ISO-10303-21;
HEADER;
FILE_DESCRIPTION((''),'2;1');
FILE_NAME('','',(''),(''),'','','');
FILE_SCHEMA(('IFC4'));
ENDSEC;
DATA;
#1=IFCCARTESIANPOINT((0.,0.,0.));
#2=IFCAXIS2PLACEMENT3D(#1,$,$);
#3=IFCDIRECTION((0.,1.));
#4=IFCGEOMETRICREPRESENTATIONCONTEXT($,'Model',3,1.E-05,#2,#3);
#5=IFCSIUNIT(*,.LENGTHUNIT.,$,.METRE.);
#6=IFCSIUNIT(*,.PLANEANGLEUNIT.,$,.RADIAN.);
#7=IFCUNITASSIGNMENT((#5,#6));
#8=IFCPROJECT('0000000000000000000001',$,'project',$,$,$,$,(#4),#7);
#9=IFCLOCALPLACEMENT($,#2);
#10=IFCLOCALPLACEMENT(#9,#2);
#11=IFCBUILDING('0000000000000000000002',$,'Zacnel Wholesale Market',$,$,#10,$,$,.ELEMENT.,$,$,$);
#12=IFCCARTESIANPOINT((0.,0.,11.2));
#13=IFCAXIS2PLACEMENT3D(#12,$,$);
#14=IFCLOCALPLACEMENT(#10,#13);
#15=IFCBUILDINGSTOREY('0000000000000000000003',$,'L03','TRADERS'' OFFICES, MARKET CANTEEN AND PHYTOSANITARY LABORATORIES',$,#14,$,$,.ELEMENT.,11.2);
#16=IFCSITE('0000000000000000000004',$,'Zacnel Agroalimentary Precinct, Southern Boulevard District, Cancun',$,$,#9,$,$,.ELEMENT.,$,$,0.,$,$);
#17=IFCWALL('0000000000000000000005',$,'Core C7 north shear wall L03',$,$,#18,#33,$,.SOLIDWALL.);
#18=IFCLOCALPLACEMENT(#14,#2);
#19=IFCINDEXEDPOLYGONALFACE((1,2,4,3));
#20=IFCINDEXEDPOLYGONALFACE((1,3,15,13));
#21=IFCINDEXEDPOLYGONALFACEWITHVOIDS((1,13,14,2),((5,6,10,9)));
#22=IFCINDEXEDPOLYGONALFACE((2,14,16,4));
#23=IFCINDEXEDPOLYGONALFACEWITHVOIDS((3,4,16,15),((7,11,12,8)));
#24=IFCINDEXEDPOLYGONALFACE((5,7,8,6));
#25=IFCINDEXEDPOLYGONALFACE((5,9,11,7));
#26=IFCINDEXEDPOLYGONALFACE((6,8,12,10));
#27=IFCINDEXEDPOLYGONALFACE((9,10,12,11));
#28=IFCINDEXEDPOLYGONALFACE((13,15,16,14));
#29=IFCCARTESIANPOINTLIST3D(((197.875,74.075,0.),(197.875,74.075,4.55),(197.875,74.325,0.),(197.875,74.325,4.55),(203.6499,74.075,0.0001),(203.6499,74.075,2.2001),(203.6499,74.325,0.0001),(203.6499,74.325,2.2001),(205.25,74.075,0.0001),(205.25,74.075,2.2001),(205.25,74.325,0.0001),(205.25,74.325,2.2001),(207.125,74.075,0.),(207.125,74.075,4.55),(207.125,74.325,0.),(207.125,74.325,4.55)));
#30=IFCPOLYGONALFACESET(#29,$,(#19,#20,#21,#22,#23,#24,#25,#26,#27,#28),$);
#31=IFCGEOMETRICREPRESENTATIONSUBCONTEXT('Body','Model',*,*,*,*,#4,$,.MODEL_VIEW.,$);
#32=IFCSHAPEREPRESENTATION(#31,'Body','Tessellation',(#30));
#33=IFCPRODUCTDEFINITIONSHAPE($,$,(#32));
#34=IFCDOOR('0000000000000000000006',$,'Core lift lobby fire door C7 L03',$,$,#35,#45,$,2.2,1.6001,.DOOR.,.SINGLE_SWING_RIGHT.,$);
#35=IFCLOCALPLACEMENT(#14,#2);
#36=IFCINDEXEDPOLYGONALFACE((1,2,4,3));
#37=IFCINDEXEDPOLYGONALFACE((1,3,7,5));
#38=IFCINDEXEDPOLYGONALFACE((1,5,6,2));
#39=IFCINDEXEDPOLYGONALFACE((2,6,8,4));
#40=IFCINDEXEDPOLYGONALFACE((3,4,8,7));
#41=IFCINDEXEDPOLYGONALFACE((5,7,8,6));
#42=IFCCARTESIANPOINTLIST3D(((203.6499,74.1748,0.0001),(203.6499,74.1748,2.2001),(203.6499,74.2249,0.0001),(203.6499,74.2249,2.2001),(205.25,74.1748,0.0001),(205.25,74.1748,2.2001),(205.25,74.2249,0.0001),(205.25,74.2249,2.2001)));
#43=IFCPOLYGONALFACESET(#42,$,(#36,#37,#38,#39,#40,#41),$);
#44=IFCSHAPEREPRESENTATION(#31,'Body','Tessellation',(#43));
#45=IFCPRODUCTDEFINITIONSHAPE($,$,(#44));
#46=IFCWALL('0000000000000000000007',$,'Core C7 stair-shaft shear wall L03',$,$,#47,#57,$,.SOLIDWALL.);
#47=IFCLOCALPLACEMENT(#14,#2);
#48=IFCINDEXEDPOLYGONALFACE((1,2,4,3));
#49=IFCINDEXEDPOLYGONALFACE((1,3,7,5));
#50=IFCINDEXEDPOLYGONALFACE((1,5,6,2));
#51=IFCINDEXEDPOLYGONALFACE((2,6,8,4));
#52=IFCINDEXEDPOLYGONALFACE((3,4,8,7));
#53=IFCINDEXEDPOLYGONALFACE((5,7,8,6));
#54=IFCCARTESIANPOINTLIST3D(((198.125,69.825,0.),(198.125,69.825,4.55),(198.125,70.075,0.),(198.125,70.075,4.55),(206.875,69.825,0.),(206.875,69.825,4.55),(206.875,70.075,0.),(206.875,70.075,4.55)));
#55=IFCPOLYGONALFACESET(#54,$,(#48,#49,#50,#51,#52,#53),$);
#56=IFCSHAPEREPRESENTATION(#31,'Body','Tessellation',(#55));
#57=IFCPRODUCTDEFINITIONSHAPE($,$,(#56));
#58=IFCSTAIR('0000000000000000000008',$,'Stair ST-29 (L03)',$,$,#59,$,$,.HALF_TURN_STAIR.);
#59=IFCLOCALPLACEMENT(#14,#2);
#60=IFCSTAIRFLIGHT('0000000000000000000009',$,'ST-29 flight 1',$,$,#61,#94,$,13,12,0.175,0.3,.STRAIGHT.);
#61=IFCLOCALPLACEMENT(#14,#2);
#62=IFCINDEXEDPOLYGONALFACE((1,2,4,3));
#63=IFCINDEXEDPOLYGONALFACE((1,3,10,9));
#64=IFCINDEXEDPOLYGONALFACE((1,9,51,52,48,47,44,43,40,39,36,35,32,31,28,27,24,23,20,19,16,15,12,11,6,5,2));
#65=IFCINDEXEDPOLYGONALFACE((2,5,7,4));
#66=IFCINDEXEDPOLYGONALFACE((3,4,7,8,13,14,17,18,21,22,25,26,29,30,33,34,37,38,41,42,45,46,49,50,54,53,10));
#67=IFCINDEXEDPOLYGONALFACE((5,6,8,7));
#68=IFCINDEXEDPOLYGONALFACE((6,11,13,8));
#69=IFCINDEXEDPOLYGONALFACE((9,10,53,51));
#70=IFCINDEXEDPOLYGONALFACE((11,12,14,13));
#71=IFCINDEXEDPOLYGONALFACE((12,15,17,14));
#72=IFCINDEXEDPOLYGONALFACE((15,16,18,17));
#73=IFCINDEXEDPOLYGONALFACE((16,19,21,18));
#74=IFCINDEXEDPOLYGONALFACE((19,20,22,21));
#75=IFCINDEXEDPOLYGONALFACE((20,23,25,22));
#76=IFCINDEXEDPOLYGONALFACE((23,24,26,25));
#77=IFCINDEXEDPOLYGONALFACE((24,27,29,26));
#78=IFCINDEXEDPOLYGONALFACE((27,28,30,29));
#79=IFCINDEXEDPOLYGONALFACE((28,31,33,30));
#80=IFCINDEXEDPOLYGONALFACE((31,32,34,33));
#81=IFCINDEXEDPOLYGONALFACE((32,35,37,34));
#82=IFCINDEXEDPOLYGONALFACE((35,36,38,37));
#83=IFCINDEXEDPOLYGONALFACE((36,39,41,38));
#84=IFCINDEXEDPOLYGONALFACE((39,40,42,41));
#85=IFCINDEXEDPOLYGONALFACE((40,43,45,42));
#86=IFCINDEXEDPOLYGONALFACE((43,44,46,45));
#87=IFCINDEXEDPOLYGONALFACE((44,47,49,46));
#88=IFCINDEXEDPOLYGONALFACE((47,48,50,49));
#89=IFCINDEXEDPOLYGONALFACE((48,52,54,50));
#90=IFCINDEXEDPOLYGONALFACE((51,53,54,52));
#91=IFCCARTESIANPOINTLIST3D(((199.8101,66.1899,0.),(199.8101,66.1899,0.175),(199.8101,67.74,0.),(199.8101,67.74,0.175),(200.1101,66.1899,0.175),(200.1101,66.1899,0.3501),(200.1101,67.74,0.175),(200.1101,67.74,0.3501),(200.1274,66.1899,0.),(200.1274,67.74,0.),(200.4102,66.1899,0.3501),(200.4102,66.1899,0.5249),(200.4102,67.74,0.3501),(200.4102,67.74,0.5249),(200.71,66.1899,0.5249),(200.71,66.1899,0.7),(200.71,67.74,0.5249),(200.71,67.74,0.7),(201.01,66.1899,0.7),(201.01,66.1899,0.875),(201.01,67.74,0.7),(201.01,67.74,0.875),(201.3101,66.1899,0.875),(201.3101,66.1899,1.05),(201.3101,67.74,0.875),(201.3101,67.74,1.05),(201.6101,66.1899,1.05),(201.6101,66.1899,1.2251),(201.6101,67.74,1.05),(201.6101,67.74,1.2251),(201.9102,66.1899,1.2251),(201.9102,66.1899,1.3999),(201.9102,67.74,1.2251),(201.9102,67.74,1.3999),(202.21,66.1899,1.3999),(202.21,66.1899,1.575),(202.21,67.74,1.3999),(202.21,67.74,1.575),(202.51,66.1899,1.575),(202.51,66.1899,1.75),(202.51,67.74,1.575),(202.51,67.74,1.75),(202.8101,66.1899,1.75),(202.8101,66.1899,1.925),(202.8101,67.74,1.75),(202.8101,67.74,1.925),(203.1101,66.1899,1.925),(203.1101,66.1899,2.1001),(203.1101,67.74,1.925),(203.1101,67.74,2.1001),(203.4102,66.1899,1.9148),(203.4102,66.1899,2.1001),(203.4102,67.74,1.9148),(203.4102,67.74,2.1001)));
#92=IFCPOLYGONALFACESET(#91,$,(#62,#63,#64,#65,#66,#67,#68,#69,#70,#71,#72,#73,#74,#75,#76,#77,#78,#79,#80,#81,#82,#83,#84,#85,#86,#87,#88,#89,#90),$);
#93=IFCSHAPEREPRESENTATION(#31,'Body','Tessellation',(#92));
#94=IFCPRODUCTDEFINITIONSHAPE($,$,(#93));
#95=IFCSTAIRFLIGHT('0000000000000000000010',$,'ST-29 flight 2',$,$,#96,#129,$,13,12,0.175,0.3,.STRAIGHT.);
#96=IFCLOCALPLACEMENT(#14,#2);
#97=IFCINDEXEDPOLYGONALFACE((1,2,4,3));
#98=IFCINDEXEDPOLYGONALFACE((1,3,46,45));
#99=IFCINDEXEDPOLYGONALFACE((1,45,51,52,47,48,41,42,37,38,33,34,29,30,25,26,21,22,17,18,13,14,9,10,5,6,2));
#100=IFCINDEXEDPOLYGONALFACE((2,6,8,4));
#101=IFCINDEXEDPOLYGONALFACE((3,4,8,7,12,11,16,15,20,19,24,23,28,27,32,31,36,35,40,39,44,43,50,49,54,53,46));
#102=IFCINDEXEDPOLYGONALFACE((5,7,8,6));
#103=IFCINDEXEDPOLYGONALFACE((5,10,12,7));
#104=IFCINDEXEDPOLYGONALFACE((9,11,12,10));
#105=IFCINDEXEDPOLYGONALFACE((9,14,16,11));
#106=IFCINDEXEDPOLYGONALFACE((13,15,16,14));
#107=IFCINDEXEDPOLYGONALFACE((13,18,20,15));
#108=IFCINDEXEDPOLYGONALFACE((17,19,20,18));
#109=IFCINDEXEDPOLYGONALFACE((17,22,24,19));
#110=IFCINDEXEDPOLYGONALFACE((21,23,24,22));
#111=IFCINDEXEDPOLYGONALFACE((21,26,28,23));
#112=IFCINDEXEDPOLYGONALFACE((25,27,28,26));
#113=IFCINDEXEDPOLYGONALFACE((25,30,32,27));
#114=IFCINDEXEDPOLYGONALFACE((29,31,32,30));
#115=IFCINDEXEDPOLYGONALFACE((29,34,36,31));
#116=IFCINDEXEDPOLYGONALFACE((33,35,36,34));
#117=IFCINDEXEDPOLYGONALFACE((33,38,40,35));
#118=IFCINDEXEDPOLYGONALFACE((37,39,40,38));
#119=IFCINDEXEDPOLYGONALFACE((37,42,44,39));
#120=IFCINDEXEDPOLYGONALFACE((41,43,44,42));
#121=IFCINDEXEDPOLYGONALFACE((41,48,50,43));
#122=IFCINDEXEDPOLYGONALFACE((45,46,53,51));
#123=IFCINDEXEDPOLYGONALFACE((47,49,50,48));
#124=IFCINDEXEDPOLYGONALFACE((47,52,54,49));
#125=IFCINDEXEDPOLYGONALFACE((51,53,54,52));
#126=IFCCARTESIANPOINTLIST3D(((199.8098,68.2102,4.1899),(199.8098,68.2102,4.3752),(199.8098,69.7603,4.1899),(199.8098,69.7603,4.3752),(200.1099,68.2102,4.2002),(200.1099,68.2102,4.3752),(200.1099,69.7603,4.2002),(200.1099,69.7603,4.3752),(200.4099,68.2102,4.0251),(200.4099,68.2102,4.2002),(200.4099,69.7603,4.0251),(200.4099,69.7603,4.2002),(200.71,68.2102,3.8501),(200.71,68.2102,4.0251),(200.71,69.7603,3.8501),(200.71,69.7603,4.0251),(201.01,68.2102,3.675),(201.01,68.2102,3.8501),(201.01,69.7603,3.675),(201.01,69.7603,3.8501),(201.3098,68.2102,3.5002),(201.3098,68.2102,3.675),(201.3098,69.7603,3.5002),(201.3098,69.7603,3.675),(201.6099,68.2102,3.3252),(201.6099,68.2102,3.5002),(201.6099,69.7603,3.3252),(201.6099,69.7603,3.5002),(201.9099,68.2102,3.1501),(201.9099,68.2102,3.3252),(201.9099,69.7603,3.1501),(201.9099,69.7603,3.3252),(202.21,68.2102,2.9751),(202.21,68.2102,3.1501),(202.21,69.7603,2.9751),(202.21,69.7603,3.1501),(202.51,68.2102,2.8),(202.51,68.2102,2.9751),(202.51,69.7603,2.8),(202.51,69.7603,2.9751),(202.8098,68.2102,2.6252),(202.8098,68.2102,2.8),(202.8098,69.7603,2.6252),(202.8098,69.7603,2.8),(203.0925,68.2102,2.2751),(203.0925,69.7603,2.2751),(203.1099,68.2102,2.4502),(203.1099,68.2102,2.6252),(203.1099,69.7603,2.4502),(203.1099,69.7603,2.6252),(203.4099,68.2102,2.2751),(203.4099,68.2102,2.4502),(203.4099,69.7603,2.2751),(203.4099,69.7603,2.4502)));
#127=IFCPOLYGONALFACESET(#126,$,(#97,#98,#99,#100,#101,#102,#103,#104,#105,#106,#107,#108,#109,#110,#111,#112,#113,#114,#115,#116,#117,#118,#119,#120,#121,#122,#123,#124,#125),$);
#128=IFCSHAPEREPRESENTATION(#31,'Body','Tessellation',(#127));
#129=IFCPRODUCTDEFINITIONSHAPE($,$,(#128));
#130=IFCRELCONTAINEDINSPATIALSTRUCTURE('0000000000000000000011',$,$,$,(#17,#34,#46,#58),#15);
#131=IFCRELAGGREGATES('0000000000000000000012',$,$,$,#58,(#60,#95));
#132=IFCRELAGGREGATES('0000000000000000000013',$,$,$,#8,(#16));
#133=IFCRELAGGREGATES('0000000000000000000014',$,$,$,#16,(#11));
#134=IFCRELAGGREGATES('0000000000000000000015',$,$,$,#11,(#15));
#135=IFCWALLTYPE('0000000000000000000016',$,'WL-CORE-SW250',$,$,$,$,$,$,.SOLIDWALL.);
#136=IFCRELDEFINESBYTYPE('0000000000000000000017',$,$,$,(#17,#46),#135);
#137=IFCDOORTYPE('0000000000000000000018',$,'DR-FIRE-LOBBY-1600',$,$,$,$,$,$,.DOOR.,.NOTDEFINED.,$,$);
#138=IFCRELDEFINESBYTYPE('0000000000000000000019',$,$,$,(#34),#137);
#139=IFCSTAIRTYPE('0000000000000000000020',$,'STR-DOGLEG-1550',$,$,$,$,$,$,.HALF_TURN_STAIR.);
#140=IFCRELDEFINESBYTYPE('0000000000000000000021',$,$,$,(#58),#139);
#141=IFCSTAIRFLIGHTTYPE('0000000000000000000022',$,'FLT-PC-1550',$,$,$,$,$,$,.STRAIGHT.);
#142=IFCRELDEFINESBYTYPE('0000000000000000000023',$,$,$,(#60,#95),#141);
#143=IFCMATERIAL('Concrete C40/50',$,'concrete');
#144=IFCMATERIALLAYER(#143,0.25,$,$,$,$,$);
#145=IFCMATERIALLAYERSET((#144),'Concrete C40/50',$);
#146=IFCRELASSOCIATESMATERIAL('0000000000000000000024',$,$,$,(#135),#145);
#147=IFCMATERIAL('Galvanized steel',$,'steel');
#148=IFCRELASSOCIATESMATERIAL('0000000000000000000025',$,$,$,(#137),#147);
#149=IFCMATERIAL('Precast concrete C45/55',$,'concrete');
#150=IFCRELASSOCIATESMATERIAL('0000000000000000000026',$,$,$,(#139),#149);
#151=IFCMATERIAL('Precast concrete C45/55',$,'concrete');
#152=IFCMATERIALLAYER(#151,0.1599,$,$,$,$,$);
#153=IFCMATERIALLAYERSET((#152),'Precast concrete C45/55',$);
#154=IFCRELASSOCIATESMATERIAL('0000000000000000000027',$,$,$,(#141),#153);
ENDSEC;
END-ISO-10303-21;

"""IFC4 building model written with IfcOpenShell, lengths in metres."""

from ifc_helpers import new_model, si_unit, direction, frame, frame_2d, origin, place, context, subcontext, project, spatial, polyline, rectangle, outline, extrude, material, layer, layer_set, type_object, element, fill, aggregate, save


model = new_model("IFC4")

# Units and contexts
model_context = context("Model", 3, precision=1e-05, world=origin(), true_north=direction((0.0, 1.0)))
body_context = subcontext(model_context, "Body", "Model", "MODEL_VIEW")
ifc_project = project(units=[si_unit("LENGTHUNIT", "METRE"), si_unit("PLANEANGLEUNIT", "RADIAN")], contexts=[model_context])

# Site, building, storey
site_placement = place(None, origin())
site = spatial("IfcSite", under=ifc_project, at=site_placement, Name="Zacnel Agroalimentary Precinct, Southern Boulevard District, Cancun", CompositionType="ELEMENT", RefElevation=0.0)
building_placement = place(site_placement, origin())
building = spatial("IfcBuilding", under=site, at=building_placement, Name="Zacnel Wholesale Market", CompositionType="ELEMENT")
storey_placement = place(building_placement, frame((0.0, 0.0, 11.2)))
storey = spatial("IfcBuildingStorey", under=building, at=storey_placement, Name="L03", Description="TRADERS' OFFICES, MARKET CANTEEN AND PHYTOSANITARY LABORATORIES", CompositionType="ELEMENT", Elevation=11.2)

# Wall, opening, door
ifc_material_1 = material(Name="Concrete C40/50", Category="concrete")
ifc_layer_1 = layer(ifc_material_1, 0.25)
ifc_layer_set_1 = layer_set([ifc_layer_1], Name="Concrete C40/50")
wall_type_1 = type_object("IfcWallType", Name="WL-CORE-SW250", PredefinedType="SOLIDWALL", material=ifc_layer_set_1)
wall_1_placement = place(storey_placement, frame((197.875, 74.2, 0.0), z_axis=(0.0, 0.0, 1.0), x_axis=(1.0, 0.0, 0.0)))
wall_1 = element("IfcWall", 1, at=wall_1_placement, inside=storey, type_object=wall_type_1, Name="Core C7 north shear wall L03", PredefinedType="SOLIDWALL", context=body_context, shape_type="SweptSolid", body=[
    extrude(rectangle(XDim=9.25, YDim=0.25, at=frame_2d((4.625, 0.0))), origin(), (0.0, 0.0, 1.0), 4.55),
])
opening_1_placement = place(wall_1_placement, frame((5.7749, 0.0, 0.0)))
opening_1 = element("IfcOpeningElement", 2, at=opening_1_placement, cuts=wall_1, PredefinedType="OPENING", context=body_context, shape_type="SweptSolid", body=[
    extrude(rectangle(XDim=1.6001, YDim=2.2, at=frame_2d((0.8, 1.1001))), frame((0.0, 0.135, 0.0), z_axis=(0.0, -1.0, 0.0), x_axis=(1.0, 0.0, 0.0)), (0.0, 0.0, 1.0), 0.27),
])
ifc_material_2 = material(Name="Galvanized steel", Category="steel")
door_type_1 = type_object("IfcDoorType", Name="DR-FIRE-LOBBY-1600", OperationType="NOTDEFINED", PredefinedType="DOOR", material=ifc_material_2)
door_1_placement = place(opening_1_placement, origin())
door_1 = element("IfcDoor", 3, at=door_1_placement, inside=storey, type_object=door_type_1, Name="Core lift lobby fire door C7 L03", OperationType="SINGLE_SWING_RIGHT", OverallHeight=2.2, OverallWidth=1.6001, PredefinedType="DOOR", context=body_context, shape_type="SweptSolid", body=[
    extrude(rectangle(XDim=1.6001, YDim=2.2, at=frame_2d((0.8, 1.1001))), frame((0.0, 0.0249, 0.0), z_axis=(0.0, -1.0, 0.0), x_axis=(1.0, 0.0, 0.0)), (0.0, 0.0, 1.0), 0.05),
])
fill(opening_1, door_1)

# Wall
wall_2_placement = place(storey_placement, frame((198.125, 69.95, 0.0), z_axis=(0.0, 0.0, 1.0), x_axis=(1.0, 0.0, 0.0)))
element("IfcWall", 4, at=wall_2_placement, inside=storey, type_object=wall_type_1, Name="Core C7 stair-shaft shear wall L03", PredefinedType="SOLIDWALL", context=body_context, shape_type="SweptSolid", body=[
    extrude(rectangle(XDim=8.75, YDim=0.25, at=frame_2d((4.375, 0.0))), origin(), (0.0, 0.0, 1.0), 4.55),
])

# Stair, stair flights
ifc_material_3 = material(Name="Precast concrete C45/55", Category="concrete")
stair_type = type_object("IfcStairType", Name="STR-DOGLEG-1550", PredefinedType="HALF_TURN_STAIR", material=ifc_material_3)
stair_placement = place(storey_placement, origin())
stair = element("IfcStair", 5, at=stair_placement, inside=storey, type_object=stair_type, Name="Stair ST-29 (L03)", PredefinedType="HALF_TURN_STAIR")
ifc_material_4 = material(Name="Precast concrete C45/55", Category="concrete")
ifc_layer_2 = layer(ifc_material_4, 0.1599)
ifc_layer_set_2 = layer_set([ifc_layer_2], Name="Precast concrete C45/55")
stair_flight_type = type_object("IfcStairFlightType", Name="FLT-PC-1550", PredefinedType="STRAIGHT", material=ifc_layer_set_2)
stair_flight_1_placement = place(storey_placement, frame((199.8101, 66.9651, 0.0), z_axis=(0.0, 0.0, 1.0), x_axis=(1.0, 0.0, 0.0)))
stair_flight_1 = element("IfcStairFlight", 6, at=stair_flight_1_placement, type_object=stair_flight_type, Name="ST-29 flight 1", NumberOfRisers=13, NumberOfTreads=12, PredefinedType="STRAIGHT", RiserHeight=0.175, TreadLength=0.3, context=body_context, shape_type="SweptSolid", body=[
    extrude(outline(polyline([(0.0, 0.0), (0.0, 0.175), (0.3, 0.175), (0.3, 0.3501), (0.6001, 0.3501), (0.6001, 0.5249), (0.8999, 0.5249), (0.8999, 0.7), (1.2, 0.7), (1.2, 0.875), (1.5, 0.875), (1.5, 1.05), (1.8, 1.05), (1.8, 1.2251), (2.1001, 1.2251), (2.1001, 1.3999), (2.3999, 1.3999), (2.3999, 1.575), (2.7, 1.575), (2.7, 1.75), (3.0, 1.75), (3.0, 1.925), (3.3, 1.925), (3.3, 2.1001), (3.6001, 2.1001), (3.6001, 2.2749), (3.6001, 1.9148), (0.3174, 0.0), (0.0, 0.0)])), frame((0.0, 0.7749, 0.0), z_axis=(0.0, -1.0, 0.0), x_axis=(1.0, 0.0, 0.0)), (0.0, 0.0, 1.0), 1.55),
])
stair_flight_2_placement = place(storey_placement, frame((203.4099, 68.9851, 2.2751), z_axis=(0.0, 0.0, 1.0), x_axis=(-1.0, 0.0, 0.0)))
stair_flight_2 = element("IfcStairFlight", 7, at=stair_flight_2_placement, type_object=stair_flight_type, Name="ST-29 flight 2", NumberOfRisers=13, NumberOfTreads=12, PredefinedType="STRAIGHT", RiserHeight=0.175, TreadLength=0.3, context=body_context, shape_type="SweptSolid", body=[
    extrude(outline(polyline([(0.0, 0.0), (0.0, 0.175), (0.3, 0.175), (0.3, 0.3501), (0.6001, 0.3501), (0.6001, 0.5249), (0.8999, 0.5249), (0.8999, 0.7), (1.2, 0.7), (1.2, 0.875), (1.5, 0.875), (1.5, 1.05), (1.8, 1.05), (1.8, 1.2251), (2.1001, 1.2251), (2.1001, 1.3999), (2.3999, 1.3999), (2.3999, 1.575), (2.7, 1.575), (2.7, 1.75), (3.0, 1.75), (3.0, 1.925), (3.3, 1.925), (3.3, 2.1001), (3.6001, 2.1001), (3.6001, 2.2749), (3.6001, 1.9148), (0.3174, 0.0), (0.0, 0.0)])), frame((0.0, 0.7749, 0.0), z_axis=(0.0, -1.0, 0.0), x_axis=(1.0, 0.0, 0.0)), (0.0, 0.0, 1.0), 1.55),
])
aggregate(stair, [stair_flight_1, stair_flight_2])

save(model, "model.ifc")
